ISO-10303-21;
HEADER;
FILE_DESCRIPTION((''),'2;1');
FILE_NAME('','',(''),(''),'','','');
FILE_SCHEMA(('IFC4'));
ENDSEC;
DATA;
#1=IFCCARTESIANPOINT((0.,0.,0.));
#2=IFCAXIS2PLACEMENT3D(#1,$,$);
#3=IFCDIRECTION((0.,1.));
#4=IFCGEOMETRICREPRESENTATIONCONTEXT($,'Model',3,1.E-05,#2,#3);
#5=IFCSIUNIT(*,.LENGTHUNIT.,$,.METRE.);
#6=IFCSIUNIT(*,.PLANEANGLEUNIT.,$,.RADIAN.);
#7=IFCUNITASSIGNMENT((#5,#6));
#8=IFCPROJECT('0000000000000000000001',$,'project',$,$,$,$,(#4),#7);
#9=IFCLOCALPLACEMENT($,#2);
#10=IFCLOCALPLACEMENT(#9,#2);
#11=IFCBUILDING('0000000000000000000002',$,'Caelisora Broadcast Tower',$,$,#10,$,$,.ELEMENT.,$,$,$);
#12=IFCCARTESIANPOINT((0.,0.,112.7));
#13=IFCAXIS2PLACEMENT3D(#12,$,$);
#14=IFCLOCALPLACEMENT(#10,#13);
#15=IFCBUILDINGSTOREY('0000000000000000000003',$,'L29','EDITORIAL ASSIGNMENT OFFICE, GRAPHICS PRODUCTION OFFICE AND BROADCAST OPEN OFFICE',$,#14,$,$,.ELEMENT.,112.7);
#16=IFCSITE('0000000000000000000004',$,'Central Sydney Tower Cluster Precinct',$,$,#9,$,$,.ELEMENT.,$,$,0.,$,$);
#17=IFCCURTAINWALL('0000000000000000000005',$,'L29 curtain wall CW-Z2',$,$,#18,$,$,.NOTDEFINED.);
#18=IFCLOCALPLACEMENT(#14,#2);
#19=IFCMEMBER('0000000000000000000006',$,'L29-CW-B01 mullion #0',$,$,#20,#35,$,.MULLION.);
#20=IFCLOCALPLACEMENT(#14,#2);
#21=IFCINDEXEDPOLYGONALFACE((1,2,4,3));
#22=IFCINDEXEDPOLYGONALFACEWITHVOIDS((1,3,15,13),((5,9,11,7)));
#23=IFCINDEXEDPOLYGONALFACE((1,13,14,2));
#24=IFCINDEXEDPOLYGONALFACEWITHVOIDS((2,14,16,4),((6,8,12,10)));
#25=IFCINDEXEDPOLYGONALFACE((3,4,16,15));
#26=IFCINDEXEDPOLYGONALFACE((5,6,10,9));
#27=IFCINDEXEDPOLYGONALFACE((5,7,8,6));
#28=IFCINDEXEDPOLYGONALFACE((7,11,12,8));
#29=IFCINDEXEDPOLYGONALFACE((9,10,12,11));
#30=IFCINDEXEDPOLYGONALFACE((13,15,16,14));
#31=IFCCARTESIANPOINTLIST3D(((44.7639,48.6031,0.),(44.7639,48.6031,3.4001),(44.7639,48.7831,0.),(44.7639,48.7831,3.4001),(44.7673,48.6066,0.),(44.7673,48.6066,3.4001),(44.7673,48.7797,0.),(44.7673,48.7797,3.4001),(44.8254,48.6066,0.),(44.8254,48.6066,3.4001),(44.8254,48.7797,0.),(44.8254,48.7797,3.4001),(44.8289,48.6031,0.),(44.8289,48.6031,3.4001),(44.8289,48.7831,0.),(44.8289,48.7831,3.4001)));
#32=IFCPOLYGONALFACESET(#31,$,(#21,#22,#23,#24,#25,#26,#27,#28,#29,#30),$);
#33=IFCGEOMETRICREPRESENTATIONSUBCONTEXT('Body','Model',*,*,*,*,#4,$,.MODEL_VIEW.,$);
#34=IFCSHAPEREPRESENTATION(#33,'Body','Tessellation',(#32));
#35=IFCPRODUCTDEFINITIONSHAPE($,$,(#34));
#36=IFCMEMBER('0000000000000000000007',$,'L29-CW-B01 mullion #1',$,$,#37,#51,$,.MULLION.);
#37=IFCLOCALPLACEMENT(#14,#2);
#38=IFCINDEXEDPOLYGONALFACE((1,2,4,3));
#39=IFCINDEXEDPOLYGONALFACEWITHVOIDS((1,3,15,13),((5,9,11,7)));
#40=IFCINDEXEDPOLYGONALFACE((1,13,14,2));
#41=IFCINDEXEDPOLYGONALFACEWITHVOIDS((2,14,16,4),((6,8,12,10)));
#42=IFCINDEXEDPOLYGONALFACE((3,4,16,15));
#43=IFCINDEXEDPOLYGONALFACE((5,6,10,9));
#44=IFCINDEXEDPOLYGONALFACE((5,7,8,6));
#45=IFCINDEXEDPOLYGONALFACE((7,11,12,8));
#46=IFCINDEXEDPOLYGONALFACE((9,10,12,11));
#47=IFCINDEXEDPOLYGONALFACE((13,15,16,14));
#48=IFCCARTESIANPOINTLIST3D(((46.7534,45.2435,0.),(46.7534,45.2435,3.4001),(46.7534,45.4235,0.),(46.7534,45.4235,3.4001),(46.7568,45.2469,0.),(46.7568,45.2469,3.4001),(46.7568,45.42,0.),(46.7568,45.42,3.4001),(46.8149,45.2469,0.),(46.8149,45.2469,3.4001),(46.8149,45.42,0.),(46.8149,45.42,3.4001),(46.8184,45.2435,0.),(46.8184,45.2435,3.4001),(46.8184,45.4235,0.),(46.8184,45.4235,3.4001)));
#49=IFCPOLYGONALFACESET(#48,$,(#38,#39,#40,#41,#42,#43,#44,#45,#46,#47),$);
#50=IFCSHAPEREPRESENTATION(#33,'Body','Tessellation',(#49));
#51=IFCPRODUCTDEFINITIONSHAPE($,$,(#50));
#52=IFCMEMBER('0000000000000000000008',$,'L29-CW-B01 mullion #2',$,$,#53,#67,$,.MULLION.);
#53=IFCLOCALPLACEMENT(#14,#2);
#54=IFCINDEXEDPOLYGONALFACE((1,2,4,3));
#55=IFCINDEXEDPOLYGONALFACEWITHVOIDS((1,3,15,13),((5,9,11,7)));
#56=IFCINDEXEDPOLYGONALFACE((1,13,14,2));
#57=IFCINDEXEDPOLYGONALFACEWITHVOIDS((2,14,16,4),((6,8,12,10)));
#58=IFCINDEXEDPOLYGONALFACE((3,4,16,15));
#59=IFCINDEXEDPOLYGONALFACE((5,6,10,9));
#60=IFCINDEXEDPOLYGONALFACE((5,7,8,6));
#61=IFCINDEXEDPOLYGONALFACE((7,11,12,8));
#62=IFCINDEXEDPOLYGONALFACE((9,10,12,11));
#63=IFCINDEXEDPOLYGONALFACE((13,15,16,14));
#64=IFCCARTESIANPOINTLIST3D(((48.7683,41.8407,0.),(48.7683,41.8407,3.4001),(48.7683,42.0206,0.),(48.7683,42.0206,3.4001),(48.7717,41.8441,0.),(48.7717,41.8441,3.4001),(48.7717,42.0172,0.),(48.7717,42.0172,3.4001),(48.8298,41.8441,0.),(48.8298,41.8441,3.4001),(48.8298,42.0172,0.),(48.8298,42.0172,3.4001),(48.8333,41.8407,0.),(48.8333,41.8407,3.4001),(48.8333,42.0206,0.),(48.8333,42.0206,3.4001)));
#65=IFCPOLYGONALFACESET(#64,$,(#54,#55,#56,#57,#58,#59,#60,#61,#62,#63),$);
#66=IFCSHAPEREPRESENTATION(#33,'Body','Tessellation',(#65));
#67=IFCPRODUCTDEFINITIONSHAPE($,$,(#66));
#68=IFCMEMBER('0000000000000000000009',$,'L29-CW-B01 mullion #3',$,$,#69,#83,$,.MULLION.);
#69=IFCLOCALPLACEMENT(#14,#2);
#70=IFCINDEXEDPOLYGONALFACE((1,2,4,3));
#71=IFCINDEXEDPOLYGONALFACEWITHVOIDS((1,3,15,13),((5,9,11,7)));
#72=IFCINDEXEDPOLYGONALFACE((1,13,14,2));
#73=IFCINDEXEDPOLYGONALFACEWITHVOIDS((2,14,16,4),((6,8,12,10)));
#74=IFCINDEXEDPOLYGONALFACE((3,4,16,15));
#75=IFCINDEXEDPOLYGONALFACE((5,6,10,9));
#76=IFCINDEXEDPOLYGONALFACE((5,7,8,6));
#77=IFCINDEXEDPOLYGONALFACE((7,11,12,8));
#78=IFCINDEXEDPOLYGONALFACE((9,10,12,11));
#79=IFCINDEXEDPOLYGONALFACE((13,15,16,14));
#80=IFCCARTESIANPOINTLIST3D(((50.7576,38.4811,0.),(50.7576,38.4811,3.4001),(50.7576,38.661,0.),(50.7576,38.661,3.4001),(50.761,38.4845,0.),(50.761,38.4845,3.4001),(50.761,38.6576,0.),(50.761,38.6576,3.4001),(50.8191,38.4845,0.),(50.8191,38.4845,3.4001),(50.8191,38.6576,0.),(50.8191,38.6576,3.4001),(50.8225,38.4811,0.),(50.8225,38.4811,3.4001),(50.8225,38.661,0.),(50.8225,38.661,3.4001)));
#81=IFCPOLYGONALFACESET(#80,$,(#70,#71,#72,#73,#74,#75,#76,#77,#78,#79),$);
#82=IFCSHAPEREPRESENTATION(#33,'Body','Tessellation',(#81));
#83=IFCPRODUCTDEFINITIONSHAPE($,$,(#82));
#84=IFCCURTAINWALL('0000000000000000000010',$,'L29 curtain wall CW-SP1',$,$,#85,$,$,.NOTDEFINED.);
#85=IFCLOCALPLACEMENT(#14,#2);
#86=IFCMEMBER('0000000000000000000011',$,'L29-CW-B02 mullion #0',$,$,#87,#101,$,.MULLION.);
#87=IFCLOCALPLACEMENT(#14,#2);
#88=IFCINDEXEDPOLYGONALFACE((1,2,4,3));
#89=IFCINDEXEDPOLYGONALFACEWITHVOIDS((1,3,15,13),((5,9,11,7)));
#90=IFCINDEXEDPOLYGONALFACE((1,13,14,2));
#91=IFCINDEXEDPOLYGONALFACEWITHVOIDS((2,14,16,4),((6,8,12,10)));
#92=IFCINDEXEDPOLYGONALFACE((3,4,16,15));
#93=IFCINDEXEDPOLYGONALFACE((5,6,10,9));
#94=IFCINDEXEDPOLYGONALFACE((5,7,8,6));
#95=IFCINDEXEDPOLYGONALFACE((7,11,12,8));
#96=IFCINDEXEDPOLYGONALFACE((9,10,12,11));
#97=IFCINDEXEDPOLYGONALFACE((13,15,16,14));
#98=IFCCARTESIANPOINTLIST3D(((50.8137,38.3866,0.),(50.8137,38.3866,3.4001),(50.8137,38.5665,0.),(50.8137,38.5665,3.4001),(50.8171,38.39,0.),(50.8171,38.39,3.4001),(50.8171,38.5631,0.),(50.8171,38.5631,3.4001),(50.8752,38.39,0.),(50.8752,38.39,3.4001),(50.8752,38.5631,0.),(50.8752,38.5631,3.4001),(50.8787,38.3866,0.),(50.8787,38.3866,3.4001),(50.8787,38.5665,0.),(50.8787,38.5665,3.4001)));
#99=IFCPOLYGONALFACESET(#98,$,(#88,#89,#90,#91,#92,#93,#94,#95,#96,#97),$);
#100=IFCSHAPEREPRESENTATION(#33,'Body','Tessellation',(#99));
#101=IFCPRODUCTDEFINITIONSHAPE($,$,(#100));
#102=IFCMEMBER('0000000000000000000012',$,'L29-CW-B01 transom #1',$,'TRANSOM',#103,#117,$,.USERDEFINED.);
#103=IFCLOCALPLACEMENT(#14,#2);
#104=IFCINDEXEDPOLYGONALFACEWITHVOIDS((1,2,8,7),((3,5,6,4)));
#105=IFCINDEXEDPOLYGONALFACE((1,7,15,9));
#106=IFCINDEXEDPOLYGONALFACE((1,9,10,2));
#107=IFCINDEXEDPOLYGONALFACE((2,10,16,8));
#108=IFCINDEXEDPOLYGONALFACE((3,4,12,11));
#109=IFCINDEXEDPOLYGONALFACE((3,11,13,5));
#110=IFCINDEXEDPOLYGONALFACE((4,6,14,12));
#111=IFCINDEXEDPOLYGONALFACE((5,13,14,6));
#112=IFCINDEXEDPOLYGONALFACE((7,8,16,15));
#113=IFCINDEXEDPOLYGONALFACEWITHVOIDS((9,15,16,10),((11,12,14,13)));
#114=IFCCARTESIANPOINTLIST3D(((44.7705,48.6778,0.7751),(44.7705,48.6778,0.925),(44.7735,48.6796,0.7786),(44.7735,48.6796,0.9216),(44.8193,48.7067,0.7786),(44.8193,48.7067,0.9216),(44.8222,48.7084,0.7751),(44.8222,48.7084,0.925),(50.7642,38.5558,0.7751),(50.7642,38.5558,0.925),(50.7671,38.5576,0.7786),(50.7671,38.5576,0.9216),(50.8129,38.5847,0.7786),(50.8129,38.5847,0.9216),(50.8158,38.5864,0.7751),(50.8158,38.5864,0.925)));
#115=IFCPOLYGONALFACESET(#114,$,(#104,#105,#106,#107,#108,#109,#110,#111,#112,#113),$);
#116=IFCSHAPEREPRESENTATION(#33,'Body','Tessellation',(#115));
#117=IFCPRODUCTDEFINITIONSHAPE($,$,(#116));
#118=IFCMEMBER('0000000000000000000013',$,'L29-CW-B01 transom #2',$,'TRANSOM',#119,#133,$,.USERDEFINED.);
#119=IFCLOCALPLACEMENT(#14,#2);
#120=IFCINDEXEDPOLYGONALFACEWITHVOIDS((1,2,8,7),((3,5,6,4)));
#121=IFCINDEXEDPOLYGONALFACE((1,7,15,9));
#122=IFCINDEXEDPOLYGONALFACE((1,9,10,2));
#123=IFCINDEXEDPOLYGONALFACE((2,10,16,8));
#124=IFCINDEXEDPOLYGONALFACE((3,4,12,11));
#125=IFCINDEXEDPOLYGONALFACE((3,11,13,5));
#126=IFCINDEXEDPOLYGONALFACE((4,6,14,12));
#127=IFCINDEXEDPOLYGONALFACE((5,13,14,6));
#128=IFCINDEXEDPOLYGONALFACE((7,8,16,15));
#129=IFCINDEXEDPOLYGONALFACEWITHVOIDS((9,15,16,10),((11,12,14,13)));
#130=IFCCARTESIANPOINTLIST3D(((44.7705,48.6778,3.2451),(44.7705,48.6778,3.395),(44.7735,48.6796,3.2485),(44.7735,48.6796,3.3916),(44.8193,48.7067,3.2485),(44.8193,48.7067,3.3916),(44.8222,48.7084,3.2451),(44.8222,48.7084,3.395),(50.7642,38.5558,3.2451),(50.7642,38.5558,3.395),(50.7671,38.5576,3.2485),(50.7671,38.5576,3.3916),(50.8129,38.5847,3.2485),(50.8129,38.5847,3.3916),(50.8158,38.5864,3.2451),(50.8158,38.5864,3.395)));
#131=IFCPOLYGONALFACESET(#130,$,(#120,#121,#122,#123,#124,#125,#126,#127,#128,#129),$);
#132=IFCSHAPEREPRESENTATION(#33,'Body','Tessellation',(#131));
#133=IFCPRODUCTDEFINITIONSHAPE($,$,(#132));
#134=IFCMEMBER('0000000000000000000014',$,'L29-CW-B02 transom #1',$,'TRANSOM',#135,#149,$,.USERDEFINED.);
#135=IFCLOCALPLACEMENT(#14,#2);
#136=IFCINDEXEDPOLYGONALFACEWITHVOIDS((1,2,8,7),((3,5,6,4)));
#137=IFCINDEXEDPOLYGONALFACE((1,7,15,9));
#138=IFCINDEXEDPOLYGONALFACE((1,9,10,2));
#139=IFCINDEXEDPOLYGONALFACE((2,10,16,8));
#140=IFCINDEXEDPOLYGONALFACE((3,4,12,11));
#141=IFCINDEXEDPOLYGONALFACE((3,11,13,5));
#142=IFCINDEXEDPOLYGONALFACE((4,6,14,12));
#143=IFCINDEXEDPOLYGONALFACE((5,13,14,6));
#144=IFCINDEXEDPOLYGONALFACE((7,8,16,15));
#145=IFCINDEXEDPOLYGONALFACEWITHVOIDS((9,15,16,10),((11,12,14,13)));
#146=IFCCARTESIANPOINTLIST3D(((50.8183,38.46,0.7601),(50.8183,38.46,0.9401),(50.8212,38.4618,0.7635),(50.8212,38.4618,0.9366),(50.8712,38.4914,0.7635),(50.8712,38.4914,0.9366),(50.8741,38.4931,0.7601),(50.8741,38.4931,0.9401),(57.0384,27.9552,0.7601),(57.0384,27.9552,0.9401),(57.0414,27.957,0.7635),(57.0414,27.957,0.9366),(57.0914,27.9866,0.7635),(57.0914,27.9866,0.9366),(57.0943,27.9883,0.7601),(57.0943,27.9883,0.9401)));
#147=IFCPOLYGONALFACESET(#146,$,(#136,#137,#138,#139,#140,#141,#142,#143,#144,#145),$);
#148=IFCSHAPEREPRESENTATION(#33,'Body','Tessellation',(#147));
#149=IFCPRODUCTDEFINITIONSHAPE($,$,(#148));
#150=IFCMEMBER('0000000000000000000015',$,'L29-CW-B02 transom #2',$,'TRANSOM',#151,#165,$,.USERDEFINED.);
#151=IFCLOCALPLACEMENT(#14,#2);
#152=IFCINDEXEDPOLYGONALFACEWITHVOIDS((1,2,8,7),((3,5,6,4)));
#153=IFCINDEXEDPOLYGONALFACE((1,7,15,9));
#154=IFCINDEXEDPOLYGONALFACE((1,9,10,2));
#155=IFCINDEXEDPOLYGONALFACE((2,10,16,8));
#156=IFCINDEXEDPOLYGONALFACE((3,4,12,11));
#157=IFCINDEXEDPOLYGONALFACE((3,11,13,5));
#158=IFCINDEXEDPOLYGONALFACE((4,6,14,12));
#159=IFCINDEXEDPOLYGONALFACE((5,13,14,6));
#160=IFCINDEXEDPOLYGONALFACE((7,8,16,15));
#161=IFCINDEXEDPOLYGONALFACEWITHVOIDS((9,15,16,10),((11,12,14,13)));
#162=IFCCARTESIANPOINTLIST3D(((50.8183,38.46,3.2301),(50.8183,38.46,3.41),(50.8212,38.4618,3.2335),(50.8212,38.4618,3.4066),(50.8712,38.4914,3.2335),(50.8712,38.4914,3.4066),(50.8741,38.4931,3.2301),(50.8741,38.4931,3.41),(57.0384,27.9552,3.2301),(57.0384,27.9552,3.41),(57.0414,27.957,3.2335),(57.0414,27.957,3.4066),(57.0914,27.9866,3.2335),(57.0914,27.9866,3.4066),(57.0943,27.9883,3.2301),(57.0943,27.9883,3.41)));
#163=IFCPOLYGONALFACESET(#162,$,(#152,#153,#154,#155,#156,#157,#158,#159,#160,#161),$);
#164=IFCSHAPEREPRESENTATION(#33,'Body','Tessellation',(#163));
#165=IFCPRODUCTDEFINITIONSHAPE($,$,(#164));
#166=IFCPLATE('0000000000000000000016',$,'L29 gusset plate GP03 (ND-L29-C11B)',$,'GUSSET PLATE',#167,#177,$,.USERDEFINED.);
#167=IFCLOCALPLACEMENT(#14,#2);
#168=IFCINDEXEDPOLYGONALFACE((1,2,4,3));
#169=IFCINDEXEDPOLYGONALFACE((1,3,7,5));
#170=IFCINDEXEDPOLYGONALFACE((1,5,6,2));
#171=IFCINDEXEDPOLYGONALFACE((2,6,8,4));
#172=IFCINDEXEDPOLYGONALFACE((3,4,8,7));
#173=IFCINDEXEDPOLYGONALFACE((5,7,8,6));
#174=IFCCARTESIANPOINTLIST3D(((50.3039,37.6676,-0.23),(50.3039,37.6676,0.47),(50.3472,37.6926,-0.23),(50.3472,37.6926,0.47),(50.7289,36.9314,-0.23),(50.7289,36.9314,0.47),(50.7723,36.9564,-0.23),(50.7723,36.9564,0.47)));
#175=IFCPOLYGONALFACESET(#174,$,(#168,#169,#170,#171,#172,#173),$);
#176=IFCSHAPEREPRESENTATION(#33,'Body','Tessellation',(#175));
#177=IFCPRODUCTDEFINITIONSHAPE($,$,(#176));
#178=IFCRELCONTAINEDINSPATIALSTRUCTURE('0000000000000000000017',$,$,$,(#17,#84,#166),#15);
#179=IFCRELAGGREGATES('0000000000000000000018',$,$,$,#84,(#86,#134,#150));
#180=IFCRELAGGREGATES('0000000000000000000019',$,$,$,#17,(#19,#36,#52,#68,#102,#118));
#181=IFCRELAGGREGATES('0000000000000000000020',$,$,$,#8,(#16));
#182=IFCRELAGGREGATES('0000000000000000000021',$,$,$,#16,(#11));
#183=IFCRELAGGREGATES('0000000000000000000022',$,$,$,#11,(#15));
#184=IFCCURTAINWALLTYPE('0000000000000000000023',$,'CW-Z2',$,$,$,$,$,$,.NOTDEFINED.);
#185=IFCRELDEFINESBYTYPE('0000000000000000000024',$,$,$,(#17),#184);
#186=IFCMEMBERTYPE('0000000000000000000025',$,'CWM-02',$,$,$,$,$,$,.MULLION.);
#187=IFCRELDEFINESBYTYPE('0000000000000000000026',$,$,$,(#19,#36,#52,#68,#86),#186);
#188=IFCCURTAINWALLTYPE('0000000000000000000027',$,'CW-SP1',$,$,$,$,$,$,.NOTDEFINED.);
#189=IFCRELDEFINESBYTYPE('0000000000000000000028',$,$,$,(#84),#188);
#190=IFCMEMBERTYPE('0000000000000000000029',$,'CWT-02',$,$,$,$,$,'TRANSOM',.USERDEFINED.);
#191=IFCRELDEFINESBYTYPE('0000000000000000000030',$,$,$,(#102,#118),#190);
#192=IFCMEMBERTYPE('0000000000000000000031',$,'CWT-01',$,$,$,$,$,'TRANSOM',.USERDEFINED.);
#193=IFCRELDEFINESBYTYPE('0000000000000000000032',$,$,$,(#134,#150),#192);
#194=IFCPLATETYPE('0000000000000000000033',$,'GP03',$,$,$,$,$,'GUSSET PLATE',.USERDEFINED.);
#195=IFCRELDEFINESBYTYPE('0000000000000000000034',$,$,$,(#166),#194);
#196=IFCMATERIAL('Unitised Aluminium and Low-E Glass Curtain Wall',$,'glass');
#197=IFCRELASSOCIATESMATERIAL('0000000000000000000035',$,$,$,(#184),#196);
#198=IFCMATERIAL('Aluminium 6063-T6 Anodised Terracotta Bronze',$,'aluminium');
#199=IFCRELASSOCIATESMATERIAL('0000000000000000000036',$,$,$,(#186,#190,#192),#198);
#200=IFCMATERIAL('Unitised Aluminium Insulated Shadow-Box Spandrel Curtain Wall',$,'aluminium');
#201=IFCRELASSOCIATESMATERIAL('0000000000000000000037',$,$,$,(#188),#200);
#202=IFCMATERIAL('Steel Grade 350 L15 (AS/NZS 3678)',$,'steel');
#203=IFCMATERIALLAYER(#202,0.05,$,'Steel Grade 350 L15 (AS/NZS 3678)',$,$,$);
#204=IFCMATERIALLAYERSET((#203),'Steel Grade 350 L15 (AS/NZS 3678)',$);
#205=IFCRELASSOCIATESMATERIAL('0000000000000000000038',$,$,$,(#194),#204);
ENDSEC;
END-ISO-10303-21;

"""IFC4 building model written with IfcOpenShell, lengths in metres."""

from ifc_helpers import new_model, si_unit, direction, frame, origin, origin_2d, place, context, subcontext, project, spatial, rectangle, hollow_rectangle, extrude, source, transform, mapped, material, layer, layer_set, material_profile, profile_set, type_object, type_shapes, element, aggregate, save


model = new_model("IFC4")

# Units and contexts
model_context = context("Model", 3, precision=1e-05, world=origin(), true_north=direction((0.0, 1.0)))
body_context = subcontext(model_context, "Body", "Model", "MODEL_VIEW")
ifc_project = project(units=[si_unit("LENGTHUNIT", "METRE"), si_unit("PLANEANGLEUNIT", "RADIAN")], contexts=[model_context])

# Site, building, storey
site_placement = place(None, origin())
site = spatial("IfcSite", under=ifc_project, at=site_placement, Name="Central Sydney Tower Cluster Precinct", CompositionType="ELEMENT", RefElevation=0.0)
building_placement = place(site_placement, origin())
building = spatial("IfcBuilding", under=site, at=building_placement, Name="Caelisora Broadcast Tower", CompositionType="ELEMENT")
storey_placement = place(building_placement, frame((0.0, 0.0, 112.7)))
storey = spatial("IfcBuildingStorey", under=building, at=storey_placement, Name="L29", Description="EDITORIAL ASSIGNMENT OFFICE, GRAPHICS PRODUCTION OFFICE AND BROADCAST OPEN OFFICE", CompositionType="ELEMENT", Elevation=112.7)

# Shared definitions
ifc_material_1 = material(Name="Steel Grade 350 L15 (AS/NZS 3678)", Category="steel")

# Curtain wall, members
ifc_material_2 = material(Name="Unitised Aluminium and Low-E Glass Curtain Wall", Category="glass")
curtain_wall_type_1 = type_object("IfcCurtainWallType", Name="CW-Z2", PredefinedType="NOTDEFINED", material=ifc_material_2)
curtain_wall_1_placement = place(storey_placement, origin())
curtain_wall_1 = element("IfcCurtainWall", 1, at=curtain_wall_1_placement, inside=storey, type_object=curtain_wall_type_1, Name="L29 curtain wall CW-Z2", PredefinedType="NOTDEFINED")
ifc_material_3 = material(Name="Aluminium 6063-T6 Anodised Terracotta Bronze", Category="aluminium")
ifc_material_profile_1 = material_profile(ifc_material_3, hollow_rectangle(XDim=0.0649, YDim=0.1799, WallThickness=0.0034, at=origin_2d()), Name="Aluminium 6063-T6 Anodised Terracotta Bronze")
ifc_profile_set_1 = profile_set([ifc_material_profile_1], Name="Aluminium 6063-T6 Anodised Terracotta Bronze")
member_type_1 = type_object("IfcMemberType", Name="CWM-02", PredefinedType="MULLION", material=ifc_profile_set_1)
shared_shape_1 = source(origin(), body_context, "Body", "SweptSolid", [
    extrude(hollow_rectangle(XDim=0.0649, YDim=0.1799, WallThickness=0.0034, at=origin_2d()), origin(), (0.0, 0.0, 1.0), 3.4001),
])
type_shapes(member_type_1, [shared_shape_1])
member_1_placement = place(storey_placement, frame((44.7964, 48.6931, 0.0), z_axis=(0.0, 0.0, 1.0), x_axis=(1.0, 0.0, 0.0)))
member_1 = element("IfcMember", 2, at=member_1_placement, type_object=member_type_1, Name="L29-CW-B01 mullion #0", PredefinedType="MULLION", context=body_context, shape_type="MappedRepresentation", body=[
    mapped(shared_shape_1, transform((0.0, 0.0, 0.0), scale=1.0)),
])
member_2_placement = place(storey_placement, frame((46.7859, 45.3335, 0.0), z_axis=(0.0, 0.0, 1.0), x_axis=(1.0, 0.0, 0.0)))
member_2 = element("IfcMember", 3, at=member_2_placement, type_object=member_type_1, Name="L29-CW-B01 mullion #1", PredefinedType="MULLION", context=body_context, shape_type="MappedRepresentation", body=[
    mapped(shared_shape_1, transform((0.0, 0.0, 0.0), scale=1.0)),
])
member_3_placement = place(storey_placement, frame((48.8008, 41.9307, 0.0), z_axis=(0.0, 0.0, 1.0), x_axis=(1.0, 0.0, 0.0)))
member_3 = element("IfcMember", 4, at=member_3_placement, type_object=member_type_1, Name="L29-CW-B01 mullion #2", PredefinedType="MULLION", context=body_context, shape_type="MappedRepresentation", body=[
    mapped(shared_shape_1, transform((0.0, 0.0, 0.0), scale=1.0)),
])
member_4_placement = place(storey_placement, frame((50.79, 38.571, 0.0), z_axis=(0.0, 0.0, 1.0), x_axis=(1.0, 0.0, 0.0)))
member_4 = element("IfcMember", 5, at=member_4_placement, type_object=member_type_1, Name="L29-CW-B01 mullion #3", PredefinedType="MULLION", context=body_context, shape_type="MappedRepresentation", body=[
    mapped(shared_shape_1, transform((0.0, 0.0, 0.0), scale=1.0)),
])

# Curtain wall, member
ifc_material_4 = material(Name="Unitised Aluminium Insulated Shadow-Box Spandrel Curtain Wall", Category="aluminium")
curtain_wall_type_2 = type_object("IfcCurtainWallType", Name="CW-SP1", PredefinedType="NOTDEFINED", material=ifc_material_4)
curtain_wall_2_placement = place(storey_placement, origin())
curtain_wall_2 = element("IfcCurtainWall", 6, at=curtain_wall_2_placement, inside=storey, type_object=curtain_wall_type_2, Name="L29 curtain wall CW-SP1", PredefinedType="NOTDEFINED")
member_5_placement = place(storey_placement, frame((50.8462, 38.4766, 0.0), z_axis=(0.0, 0.0, 1.0), x_axis=(1.0, 0.0, 0.0)))
member_5 = element("IfcMember", 7, at=member_5_placement, type_object=member_type_1, Name="L29-CW-B02 mullion #0", PredefinedType="MULLION", context=body_context, shape_type="MappedRepresentation", body=[
    mapped(shared_shape_1, transform((0.0, 0.0, 0.0), scale=1.0)),
])

# Members
ifc_material_profile_2 = material_profile(ifc_material_3, hollow_rectangle(XDim=0.0601, YDim=0.1499, WallThickness=0.0034, at=origin_2d()), Name="Aluminium 6063-T6 Anodised Terracotta Bronze")
ifc_profile_set_2 = profile_set([ifc_material_profile_2], Name="Aluminium 6063-T6 Anodised Terracotta Bronze")
member_type_2 = type_object("IfcMemberType", Name="CWT-02", ElementType="TRANSOM", PredefinedType="USERDEFINED", material=ifc_profile_set_2)
shared_shape_2 = source(origin(), body_context, "Body", "SweptSolid", [
    extrude(hollow_rectangle(XDim=0.0601, YDim=0.1499, WallThickness=0.0034, at=origin_2d()), origin(), (0.0, 0.0, 1.0), 11.7634),
])
type_shapes(member_type_2, [shared_shape_2])
member_6_placement = place(storey_placement, frame((44.7964, 48.6931, 0.8501), z_axis=(0.509512, -0.860463, 0.0), x_axis=(0.860463, 0.509512, 0.0)))
member_6 = element("IfcMember", 8, at=member_6_placement, type_object=member_type_2, Name="L29-CW-B01 transom #1", ObjectType="TRANSOM", PredefinedType="USERDEFINED", context=body_context, shape_type="MappedRepresentation", body=[
    mapped(shared_shape_2, transform((0.0, 0.0, 0.0), scale=1.0)),
])
member_7_placement = place(storey_placement, frame((44.7964, 48.6931, 3.3201), z_axis=(0.509512, -0.860463, 0.0), x_axis=(0.860463, 0.509512, 0.0)))
member_7 = element("IfcMember", 9, at=member_7_placement, type_object=member_type_2, Name="L29-CW-B01 transom #2", ObjectType="TRANSOM", PredefinedType="USERDEFINED", context=body_context, shape_type="MappedRepresentation", body=[
    mapped(shared_shape_2, transform((0.0, 0.0, 0.0), scale=1.0)),
])
ifc_material_profile_3 = material_profile(ifc_material_3, hollow_rectangle(XDim=0.0649, YDim=0.1799, WallThickness=0.0034, at=origin_2d()), Name="Aluminium 6063-T6 Anodised Terracotta Bronze")
ifc_profile_set_3 = profile_set([ifc_material_profile_3], Name="Aluminium 6063-T6 Anodised Terracotta Bronze")
member_type_3 = type_object("IfcMemberType", Name="CWT-01", ElementType="TRANSOM", PredefinedType="USERDEFINED", material=ifc_profile_set_3)
shared_shape_3 = source(origin(), body_context, "Body", "SweptSolid", [
    extrude(hollow_rectangle(XDim=0.0649, YDim=0.1799, WallThickness=0.0034, at=origin_2d()), origin(), (0.0, 0.0, 1.0), 12.2083),
])
type_shapes(member_type_3, [shared_shape_3])
member_8_placement = place(storey_placement, frame((50.8462, 38.4766, 0.8501), z_axis=(0.509505, -0.860468, 0.0), x_axis=(0.860468, 0.509505, 0.0)))
member_8 = element("IfcMember", 10, at=member_8_placement, type_object=member_type_3, Name="L29-CW-B02 transom #1", ObjectType="TRANSOM", PredefinedType="USERDEFINED", context=body_context, shape_type="MappedRepresentation", body=[
    mapped(shared_shape_3, transform((0.0, 0.0, 0.0), scale=1.0)),
])
member_9_placement = place(storey_placement, frame((50.8462, 38.4766, 3.3201), z_axis=(0.509505, -0.860468, 0.0), x_axis=(0.860468, 0.509505, 0.0)))
member_9 = element("IfcMember", 11, at=member_9_placement, type_object=member_type_3, Name="L29-CW-B02 transom #2", ObjectType="TRANSOM", PredefinedType="USERDEFINED", context=body_context, shape_type="MappedRepresentation", body=[
    mapped(shared_shape_3, transform((0.0, 0.0, 0.0), scale=1.0)),
])
aggregate(curtain_wall_2, [member_5, member_8, member_9])

# Plate
ifc_layer_1 = layer(ifc_material_1, 0.05, Name="Steel Grade 350 L15 (AS/NZS 3678)")
ifc_layer_set_1 = layer_set([ifc_layer_1], Name="Steel Grade 350 L15 (AS/NZS 3678)")
plate_type_1 = type_object("IfcPlateType", Name="GP03", ElementType="GUSSET PLATE", PredefinedType="USERDEFINED", material=ifc_layer_set_1)
shared_shape_4 = source(origin(), body_context, "Body", "SweptSolid", [
    extrude(rectangle(XDim=0.8501, YDim=0.05, at=origin_2d()), origin(), (0.0, 0.0, 1.0), 0.7),
])
type_shapes(plate_type_1, [shared_shape_4])
plate_1_placement = place(storey_placement, frame((50.5381, 37.312, -0.23), z_axis=(0.0, 0.0, 1.0), x_axis=(-0.5, 0.866025, 0.0)))
element("IfcPlate", 12, at=plate_1_placement, inside=storey, type_object=plate_type_1, Name="L29 gusset plate GP03 (ND-L29-C11B)", ObjectType="GUSSET PLATE", PredefinedType="USERDEFINED", context=body_context, shape_type="MappedRepresentation", body=[
    mapped(shared_shape_4, transform((0.0, 0.0, 0.0), scale=1.0)),
])
aggregate(curtain_wall_1, [member_1, member_2, member_3, member_4, member_6, member_7])

save(model, "model.ifc")
